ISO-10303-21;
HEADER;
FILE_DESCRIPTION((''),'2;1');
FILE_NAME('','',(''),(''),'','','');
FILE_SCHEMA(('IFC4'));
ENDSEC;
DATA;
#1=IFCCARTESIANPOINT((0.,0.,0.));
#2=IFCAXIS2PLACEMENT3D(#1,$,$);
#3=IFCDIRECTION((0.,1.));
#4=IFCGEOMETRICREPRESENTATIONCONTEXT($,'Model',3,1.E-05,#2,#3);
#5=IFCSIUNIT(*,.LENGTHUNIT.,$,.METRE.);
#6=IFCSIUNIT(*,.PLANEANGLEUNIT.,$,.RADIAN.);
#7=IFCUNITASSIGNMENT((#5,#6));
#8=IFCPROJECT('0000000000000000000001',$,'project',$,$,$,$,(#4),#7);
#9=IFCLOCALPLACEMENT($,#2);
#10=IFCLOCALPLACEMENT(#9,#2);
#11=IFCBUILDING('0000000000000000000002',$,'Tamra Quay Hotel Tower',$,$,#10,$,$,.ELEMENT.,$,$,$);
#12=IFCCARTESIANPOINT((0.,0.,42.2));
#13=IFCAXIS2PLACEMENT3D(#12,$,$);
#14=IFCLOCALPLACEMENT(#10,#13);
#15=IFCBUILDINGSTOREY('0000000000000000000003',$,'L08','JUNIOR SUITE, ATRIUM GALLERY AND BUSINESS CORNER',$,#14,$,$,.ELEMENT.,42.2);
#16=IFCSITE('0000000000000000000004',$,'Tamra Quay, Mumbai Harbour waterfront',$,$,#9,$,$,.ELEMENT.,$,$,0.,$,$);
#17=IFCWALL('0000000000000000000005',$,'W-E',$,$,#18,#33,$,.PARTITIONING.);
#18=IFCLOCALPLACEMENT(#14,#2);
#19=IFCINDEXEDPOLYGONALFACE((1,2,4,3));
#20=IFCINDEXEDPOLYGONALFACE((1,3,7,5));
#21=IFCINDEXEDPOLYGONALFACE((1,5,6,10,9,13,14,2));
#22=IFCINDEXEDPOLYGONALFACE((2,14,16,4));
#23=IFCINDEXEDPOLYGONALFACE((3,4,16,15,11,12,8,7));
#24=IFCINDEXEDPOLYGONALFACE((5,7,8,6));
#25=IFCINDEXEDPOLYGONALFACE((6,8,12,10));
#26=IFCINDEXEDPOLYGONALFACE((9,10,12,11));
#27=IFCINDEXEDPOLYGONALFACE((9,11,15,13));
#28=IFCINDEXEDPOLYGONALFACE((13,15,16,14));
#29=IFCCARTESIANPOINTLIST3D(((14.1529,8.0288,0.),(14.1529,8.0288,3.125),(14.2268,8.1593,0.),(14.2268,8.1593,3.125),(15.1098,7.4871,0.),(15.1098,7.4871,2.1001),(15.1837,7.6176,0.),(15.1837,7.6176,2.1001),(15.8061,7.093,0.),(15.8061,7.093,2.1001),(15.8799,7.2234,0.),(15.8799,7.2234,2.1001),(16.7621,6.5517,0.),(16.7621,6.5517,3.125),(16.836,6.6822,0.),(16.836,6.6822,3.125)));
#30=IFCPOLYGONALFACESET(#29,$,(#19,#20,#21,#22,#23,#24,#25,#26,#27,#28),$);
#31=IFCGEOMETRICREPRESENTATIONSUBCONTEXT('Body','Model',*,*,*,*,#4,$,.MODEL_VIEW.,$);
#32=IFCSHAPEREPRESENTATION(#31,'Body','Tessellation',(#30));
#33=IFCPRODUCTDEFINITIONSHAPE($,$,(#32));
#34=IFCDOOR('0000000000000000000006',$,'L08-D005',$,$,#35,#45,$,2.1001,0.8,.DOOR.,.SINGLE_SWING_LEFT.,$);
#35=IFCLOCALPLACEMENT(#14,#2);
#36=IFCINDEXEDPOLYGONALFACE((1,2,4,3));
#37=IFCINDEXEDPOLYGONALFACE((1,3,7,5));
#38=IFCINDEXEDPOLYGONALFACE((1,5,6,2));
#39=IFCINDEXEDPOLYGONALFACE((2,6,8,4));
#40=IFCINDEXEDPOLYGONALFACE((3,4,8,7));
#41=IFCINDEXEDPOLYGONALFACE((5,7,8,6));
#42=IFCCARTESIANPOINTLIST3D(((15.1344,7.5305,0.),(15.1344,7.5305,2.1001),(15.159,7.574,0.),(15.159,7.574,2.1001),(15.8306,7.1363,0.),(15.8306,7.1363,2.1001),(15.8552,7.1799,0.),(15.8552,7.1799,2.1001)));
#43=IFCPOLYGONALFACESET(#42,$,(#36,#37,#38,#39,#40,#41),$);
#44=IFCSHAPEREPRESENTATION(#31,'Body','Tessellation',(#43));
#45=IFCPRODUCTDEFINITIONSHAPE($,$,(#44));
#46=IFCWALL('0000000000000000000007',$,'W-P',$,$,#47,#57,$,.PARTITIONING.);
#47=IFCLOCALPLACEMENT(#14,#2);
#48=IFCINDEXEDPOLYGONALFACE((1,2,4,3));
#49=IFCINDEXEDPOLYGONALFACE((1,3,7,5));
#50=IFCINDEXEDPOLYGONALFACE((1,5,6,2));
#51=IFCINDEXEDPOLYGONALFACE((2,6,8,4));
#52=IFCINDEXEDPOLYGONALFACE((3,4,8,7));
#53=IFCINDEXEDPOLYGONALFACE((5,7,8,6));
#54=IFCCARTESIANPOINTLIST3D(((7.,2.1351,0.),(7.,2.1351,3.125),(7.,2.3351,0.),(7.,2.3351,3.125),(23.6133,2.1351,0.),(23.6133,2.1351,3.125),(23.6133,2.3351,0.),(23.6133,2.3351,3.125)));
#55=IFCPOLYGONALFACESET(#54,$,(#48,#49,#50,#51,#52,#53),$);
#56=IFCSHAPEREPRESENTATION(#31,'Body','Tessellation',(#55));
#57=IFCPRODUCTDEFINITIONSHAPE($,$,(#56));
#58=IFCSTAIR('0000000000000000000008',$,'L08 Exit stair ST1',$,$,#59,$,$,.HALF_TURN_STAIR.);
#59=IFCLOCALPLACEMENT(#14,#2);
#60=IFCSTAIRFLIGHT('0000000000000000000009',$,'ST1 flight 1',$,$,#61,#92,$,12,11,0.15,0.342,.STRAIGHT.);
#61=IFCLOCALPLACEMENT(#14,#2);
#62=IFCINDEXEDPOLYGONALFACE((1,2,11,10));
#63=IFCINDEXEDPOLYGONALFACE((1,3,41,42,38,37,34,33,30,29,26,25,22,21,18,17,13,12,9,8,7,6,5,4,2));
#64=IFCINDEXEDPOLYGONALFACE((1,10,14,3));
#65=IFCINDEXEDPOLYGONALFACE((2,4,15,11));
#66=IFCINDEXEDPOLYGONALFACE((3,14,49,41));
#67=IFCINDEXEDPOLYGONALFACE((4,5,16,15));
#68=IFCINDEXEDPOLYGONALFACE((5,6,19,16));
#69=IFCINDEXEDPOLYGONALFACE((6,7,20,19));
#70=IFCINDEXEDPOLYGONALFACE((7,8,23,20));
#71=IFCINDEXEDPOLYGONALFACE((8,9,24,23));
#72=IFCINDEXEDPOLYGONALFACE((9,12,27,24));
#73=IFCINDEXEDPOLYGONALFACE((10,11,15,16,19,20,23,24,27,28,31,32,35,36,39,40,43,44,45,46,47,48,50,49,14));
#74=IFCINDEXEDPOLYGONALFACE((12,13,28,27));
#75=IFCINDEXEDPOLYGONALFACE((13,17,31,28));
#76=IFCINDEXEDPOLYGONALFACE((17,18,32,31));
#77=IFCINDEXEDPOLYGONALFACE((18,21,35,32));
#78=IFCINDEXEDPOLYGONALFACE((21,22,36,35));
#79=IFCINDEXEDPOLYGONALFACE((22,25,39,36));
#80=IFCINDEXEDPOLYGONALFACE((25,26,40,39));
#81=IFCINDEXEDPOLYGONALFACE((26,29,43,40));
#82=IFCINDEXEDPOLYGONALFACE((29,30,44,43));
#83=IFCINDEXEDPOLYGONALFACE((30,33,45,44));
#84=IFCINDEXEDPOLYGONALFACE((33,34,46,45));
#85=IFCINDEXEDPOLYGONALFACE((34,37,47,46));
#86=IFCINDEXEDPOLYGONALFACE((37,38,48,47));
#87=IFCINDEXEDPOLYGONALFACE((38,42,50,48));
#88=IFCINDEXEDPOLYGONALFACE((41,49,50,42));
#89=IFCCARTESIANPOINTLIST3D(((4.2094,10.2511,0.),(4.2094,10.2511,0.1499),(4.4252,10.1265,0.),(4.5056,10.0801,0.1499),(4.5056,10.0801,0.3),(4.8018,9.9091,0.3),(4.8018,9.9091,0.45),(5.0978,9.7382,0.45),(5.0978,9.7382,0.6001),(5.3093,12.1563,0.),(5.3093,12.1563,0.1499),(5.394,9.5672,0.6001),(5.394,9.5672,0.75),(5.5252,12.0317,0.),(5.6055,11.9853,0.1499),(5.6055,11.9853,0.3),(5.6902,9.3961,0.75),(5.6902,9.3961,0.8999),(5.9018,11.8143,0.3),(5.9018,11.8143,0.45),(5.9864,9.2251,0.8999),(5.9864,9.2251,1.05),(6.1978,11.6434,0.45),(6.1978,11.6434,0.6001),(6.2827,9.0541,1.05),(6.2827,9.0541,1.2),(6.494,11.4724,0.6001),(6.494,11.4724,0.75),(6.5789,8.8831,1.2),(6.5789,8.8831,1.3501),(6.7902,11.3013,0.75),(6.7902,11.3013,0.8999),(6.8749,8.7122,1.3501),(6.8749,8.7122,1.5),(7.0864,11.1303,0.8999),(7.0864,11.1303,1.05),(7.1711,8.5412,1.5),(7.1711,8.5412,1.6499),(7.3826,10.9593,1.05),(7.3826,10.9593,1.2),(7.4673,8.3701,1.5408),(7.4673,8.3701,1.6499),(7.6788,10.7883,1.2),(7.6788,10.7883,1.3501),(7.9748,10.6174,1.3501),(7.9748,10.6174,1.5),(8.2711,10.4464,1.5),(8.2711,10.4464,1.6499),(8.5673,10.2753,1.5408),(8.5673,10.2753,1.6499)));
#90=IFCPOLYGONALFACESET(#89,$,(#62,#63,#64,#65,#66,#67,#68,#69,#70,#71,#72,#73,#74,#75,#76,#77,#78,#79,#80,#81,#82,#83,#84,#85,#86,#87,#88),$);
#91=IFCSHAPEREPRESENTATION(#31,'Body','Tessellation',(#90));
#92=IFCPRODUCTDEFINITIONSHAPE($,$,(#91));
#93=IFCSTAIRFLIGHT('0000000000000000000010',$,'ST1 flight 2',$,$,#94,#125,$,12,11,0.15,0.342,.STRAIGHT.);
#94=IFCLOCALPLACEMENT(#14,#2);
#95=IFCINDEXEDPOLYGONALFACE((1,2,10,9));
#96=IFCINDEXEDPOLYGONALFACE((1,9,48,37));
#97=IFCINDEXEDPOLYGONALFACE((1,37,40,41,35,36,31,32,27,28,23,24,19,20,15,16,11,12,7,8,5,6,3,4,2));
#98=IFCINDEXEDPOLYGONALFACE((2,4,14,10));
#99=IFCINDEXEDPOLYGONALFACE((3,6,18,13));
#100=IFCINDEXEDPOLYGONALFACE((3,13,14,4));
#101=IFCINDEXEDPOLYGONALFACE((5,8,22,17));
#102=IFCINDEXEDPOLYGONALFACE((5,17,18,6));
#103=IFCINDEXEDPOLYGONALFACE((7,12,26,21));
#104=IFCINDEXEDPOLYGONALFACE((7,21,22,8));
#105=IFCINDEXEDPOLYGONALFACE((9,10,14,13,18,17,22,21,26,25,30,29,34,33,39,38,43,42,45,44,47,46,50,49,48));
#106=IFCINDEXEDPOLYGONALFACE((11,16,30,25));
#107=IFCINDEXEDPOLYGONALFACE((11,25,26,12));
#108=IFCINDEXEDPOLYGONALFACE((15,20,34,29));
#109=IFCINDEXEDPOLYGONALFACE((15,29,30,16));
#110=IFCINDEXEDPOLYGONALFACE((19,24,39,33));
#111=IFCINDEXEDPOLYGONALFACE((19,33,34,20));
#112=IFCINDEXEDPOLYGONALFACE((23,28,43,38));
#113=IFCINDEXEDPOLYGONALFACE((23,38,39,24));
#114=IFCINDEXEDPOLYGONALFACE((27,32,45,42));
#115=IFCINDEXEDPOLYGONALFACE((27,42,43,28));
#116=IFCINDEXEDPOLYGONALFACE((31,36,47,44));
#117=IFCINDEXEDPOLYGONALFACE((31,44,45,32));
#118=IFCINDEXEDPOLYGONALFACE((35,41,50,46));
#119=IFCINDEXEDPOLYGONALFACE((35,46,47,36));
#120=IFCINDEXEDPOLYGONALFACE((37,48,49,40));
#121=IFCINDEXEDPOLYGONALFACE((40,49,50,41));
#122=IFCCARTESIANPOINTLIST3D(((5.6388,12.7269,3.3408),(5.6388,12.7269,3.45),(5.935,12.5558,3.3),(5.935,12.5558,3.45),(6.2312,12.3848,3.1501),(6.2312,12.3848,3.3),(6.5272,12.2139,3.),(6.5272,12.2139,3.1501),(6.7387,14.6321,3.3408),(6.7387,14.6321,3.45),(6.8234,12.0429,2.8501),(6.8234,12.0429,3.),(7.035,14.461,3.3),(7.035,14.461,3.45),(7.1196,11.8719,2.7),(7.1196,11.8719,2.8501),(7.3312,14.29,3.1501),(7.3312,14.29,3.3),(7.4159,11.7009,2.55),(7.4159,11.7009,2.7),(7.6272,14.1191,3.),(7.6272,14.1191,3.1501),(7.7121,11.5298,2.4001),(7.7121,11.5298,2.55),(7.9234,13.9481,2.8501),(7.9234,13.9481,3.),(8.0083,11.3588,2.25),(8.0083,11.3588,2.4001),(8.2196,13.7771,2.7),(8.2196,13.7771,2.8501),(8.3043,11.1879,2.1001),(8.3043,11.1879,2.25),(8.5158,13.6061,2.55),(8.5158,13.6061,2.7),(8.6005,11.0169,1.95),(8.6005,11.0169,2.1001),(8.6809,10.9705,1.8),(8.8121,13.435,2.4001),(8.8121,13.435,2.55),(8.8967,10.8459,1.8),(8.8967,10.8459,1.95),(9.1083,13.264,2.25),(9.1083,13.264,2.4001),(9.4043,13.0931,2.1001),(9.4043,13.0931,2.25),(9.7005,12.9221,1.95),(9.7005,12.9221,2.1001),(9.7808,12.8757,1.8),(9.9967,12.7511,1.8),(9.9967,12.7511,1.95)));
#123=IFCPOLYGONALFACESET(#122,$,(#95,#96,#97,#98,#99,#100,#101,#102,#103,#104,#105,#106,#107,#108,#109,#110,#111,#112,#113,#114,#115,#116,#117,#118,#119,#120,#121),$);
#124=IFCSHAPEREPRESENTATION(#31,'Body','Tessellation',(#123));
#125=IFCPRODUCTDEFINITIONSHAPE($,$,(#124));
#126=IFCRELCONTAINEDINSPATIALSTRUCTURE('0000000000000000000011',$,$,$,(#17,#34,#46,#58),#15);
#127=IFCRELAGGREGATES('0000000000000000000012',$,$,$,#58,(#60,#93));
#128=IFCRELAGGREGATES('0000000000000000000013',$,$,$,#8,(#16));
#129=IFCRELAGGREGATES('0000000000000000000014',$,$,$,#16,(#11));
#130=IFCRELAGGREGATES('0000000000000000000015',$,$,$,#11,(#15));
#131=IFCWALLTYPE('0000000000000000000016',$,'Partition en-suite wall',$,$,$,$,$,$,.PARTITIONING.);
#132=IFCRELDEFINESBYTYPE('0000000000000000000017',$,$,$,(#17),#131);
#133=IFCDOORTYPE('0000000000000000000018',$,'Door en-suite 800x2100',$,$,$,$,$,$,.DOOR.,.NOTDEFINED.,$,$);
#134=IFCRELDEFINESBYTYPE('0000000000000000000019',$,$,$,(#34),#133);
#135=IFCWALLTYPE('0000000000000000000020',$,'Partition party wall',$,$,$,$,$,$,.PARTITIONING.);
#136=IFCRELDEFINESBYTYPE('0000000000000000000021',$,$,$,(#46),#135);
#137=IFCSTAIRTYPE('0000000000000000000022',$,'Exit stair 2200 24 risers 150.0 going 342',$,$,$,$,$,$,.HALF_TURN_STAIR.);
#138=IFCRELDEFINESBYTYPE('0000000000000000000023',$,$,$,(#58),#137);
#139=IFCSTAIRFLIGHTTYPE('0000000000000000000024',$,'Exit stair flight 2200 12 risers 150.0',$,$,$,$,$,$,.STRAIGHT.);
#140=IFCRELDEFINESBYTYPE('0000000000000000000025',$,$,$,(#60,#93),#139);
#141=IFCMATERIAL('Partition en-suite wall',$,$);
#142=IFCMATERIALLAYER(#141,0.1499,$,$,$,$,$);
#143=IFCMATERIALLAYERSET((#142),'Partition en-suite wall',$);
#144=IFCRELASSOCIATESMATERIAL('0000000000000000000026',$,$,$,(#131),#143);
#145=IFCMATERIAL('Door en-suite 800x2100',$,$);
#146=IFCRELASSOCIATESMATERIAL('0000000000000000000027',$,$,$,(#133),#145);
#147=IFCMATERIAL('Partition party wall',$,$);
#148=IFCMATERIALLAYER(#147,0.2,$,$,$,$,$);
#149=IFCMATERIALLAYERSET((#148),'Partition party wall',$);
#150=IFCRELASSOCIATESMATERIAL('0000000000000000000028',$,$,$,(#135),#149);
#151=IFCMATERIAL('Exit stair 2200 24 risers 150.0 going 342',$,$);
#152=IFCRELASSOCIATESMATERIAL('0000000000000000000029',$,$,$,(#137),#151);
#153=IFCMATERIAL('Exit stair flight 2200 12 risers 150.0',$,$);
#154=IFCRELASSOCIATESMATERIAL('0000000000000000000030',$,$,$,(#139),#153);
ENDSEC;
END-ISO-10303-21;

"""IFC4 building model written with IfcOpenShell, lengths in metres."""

from ifc_helpers import new_model, si_unit, direction, frame, frame_2d, origin, place, context, subcontext, project, spatial, polyline, rectangle, outline, extrude, material, layer, layer_set, type_object, element, fill, aggregate, save


model = new_model("IFC4")

# Units and contexts
model_context = context("Model", 3, precision=1e-05, world=origin(), true_north=direction((0.0, 1.0)))
body_context = subcontext(model_context, "Body", "Model", "MODEL_VIEW")
ifc_project = project(units=[si_unit("LENGTHUNIT", "METRE"), si_unit("PLANEANGLEUNIT", "RADIAN")], contexts=[model_context])

# Site, building, storey
site_placement = place(None, origin())
site = spatial("IfcSite", under=ifc_project, at=site_placement, Name="Tamra Quay, Mumbai Harbour waterfront", CompositionType="ELEMENT", RefElevation=0.0)
building_placement = place(site_placement, origin())
building = spatial("IfcBuilding", under=site, at=building_placement, Name="Tamra Quay Hotel Tower", CompositionType="ELEMENT")
storey_placement = place(building_placement, frame((0.0, 0.0, 42.2)))
storey = spatial("IfcBuildingStorey", under=building, at=storey_placement, Name="L08", Description="JUNIOR SUITE, ATRIUM GALLERY AND BUSINESS CORNER", CompositionType="ELEMENT", Elevation=42.2)

# Wall, opening, door
ifc_material_1 = material(Name="Partition en-suite wall")
ifc_layer_1 = layer(ifc_material_1, 0.1499)
ifc_layer_set_1 = layer_set([ifc_layer_1], Name="Partition en-suite wall")
wall_type_1 = type_object("IfcWallType", Name="Partition en-suite wall", PredefinedType="PARTITIONING", material=ifc_layer_set_1)
wall_1_placement = place(storey_placement, frame((14.1899, 8.094, 0.0), z_axis=(0.0, 0.0, 1.0), x_axis=(0.870231, -0.492645, 0.0)))
wall_1 = element("IfcWall", 1, at=wall_1_placement, inside=storey, type_object=wall_type_1, Name="W-E", PredefinedType="PARTITIONING", context=body_context, shape_type="SweptSolid", body=[
    extrude(rectangle(XDim=2.9983, YDim=0.1499, at=frame_2d((1.499, 0.0))), origin(), (0.0, 0.0, 1.0), 3.125),
])
opening_1_placement = place(wall_1_placement, frame((1.0996, 0.0, 0.0)))
opening_1 = element("IfcOpeningElement", 2, at=opening_1_placement, cuts=wall_1, PredefinedType="OPENING", context=body_context, shape_type="SweptSolid", body=[
    extrude(rectangle(XDim=0.8, YDim=2.1001, at=frame_2d((0.3999, 1.05))), frame((0.0, 0.085, 0.0), z_axis=(0.0, -1.0, 0.0), x_axis=(1.0, 0.0, 0.0)), (0.0, 0.0, 1.0), 0.1699),
])
ifc_material_2 = material(Name="Door en-suite 800x2100")
door_type_1 = type_object("IfcDoorType", Name="Door en-suite 800x2100", OperationType="NOTDEFINED", PredefinedType="DOOR", material=ifc_material_2)
door_1_placement = place(opening_1_placement, origin())
door_1 = element("IfcDoor", 3, at=door_1_placement, inside=storey, type_object=door_type_1, Name="L08-D005", OperationType="SINGLE_SWING_LEFT", OverallHeight=2.1001, OverallWidth=0.8, PredefinedType="DOOR", context=body_context, shape_type="SweptSolid", body=[
    extrude(rectangle(XDim=0.8, YDim=2.1001, at=frame_2d((0.3999, 1.05))), frame((0.0, 0.0249, 0.0), z_axis=(0.0, -1.0, 0.0), x_axis=(1.0, 0.0, 0.0)), (0.0, 0.0, 1.0), 0.05),
])
fill(opening_1, door_1)

# Wall
ifc_material_3 = material(Name="Partition party wall")
ifc_layer_2 = layer(ifc_material_3, 0.2)
ifc_layer_set_2 = layer_set([ifc_layer_2], Name="Partition party wall")
wall_type_2 = type_object("IfcWallType", Name="Partition party wall", PredefinedType="PARTITIONING", material=ifc_layer_set_2)
wall_2_placement = place(storey_placement, frame((7.0, 2.2351, 0.0), z_axis=(0.0, 0.0, 1.0), x_axis=(1.0, 0.0, 0.0)))
element("IfcWall", 4, at=wall_2_placement, inside=storey, type_object=wall_type_2, Name="W-P", PredefinedType="PARTITIONING", context=body_context, shape_type="SweptSolid", body=[
    extrude(rectangle(XDim=16.6133, YDim=0.2, at=frame_2d((8.3066, 0.0))), origin(), (0.0, 0.0, 1.0), 3.125),
])

# Stair, stair flights
ifc_material_4 = material(Name="Exit stair 2200 24 risers 150.0 going 342")
stair_type = type_object("IfcStairType", Name="Exit stair 2200 24 risers 150.0 going 342", PredefinedType="HALF_TURN_STAIR", material=ifc_material_4)
stair_placement = place(storey_placement, origin())
stair = element("IfcStair", 5, at=stair_placement, inside=storey, type_object=stair_type, Name="L08 Exit stair ST1", PredefinedType="HALF_TURN_STAIR")
ifc_material_5 = material(Name="Exit stair flight 2200 12 risers 150.0")
stair_flight_type = type_object("IfcStairFlightType", Name="Exit stair flight 2200 12 risers 150.0", PredefinedType="STRAIGHT", material=ifc_material_5)
stair_flight_1_placement = place(storey_placement, frame((4.7593, 11.2036, 0.0), z_axis=(0.0, 0.0, 1.0), x_axis=(0.866025, -0.5, 0.0)))
stair_flight_1 = element("IfcStairFlight", 6, at=stair_flight_1_placement, type_object=stair_flight_type, Name="ST1 flight 1", NumberOfRisers=12, NumberOfTreads=11, PredefinedType="STRAIGHT", RiserHeight=0.15, TreadLength=0.342, context=body_context, shape_type="SweptSolid", body=[
    extrude(outline(polyline([(0.0, 0.0), (0.0, 0.1499), (0.342, 0.1499), (0.342, 0.3), (0.6841, 0.3), (0.6841, 0.45), (1.0259, 0.45), (1.0259, 0.6001), (1.3679, 0.6001), (1.3679, 0.75), (1.71, 0.75), (1.71, 0.8999), (2.052, 0.8999), (2.052, 1.05), (2.394, 1.05), (2.394, 1.2), (2.7361, 1.2), (2.7361, 1.3501), (3.0779, 1.3501), (3.0779, 1.5), (3.4199, 1.5), (3.4199, 1.6499), (3.762, 1.6499), (3.762, 1.8), (3.762, 1.5408), (0.2493, 0.0), (0.0, 0.0)])), frame((0.0, 1.1001, 0.0), z_axis=(0.0, -1.0, 0.0), x_axis=(1.0, 0.0, 0.0)), (0.0, 0.0, 1.0), 2.2),
])
stair_flight_2_placement = place(storey_placement, frame((9.4468, 11.7986, 1.8), z_axis=(0.0, 0.0, 1.0), x_axis=(-0.866025, 0.5, 0.0)))
stair_flight_2 = element("IfcStairFlight", 7, at=stair_flight_2_placement, type_object=stair_flight_type, Name="ST1 flight 2", NumberOfRisers=12, NumberOfTreads=11, PredefinedType="STRAIGHT", RiserHeight=0.15, TreadLength=0.342, context=body_context, shape_type="SweptSolid", body=[
    extrude(outline(polyline([(0.0, 0.0), (0.0, 0.1499), (0.342, 0.1499), (0.342, 0.3), (0.6841, 0.3), (0.6841, 0.45), (1.0259, 0.45), (1.0259, 0.6001), (1.3679, 0.6001), (1.3679, 0.75), (1.71, 0.75), (1.71, 0.8999), (2.052, 0.8999), (2.052, 1.05), (2.394, 1.05), (2.394, 1.2), (2.7361, 1.2), (2.7361, 1.3501), (3.0779, 1.3501), (3.0779, 1.5), (3.4199, 1.5), (3.4199, 1.6499), (3.762, 1.6499), (3.762, 1.8), (3.762, 1.5408), (0.2493, 0.0), (0.0, 0.0)])), frame((0.0, 1.1001, 0.0), z_axis=(0.0, -1.0, 0.0), x_axis=(1.0, 0.0, 0.0)), (0.0, 0.0, 1.0), 2.2),
])
aggregate(stair, [stair_flight_1, stair_flight_2])

save(model, "model.ifc")
